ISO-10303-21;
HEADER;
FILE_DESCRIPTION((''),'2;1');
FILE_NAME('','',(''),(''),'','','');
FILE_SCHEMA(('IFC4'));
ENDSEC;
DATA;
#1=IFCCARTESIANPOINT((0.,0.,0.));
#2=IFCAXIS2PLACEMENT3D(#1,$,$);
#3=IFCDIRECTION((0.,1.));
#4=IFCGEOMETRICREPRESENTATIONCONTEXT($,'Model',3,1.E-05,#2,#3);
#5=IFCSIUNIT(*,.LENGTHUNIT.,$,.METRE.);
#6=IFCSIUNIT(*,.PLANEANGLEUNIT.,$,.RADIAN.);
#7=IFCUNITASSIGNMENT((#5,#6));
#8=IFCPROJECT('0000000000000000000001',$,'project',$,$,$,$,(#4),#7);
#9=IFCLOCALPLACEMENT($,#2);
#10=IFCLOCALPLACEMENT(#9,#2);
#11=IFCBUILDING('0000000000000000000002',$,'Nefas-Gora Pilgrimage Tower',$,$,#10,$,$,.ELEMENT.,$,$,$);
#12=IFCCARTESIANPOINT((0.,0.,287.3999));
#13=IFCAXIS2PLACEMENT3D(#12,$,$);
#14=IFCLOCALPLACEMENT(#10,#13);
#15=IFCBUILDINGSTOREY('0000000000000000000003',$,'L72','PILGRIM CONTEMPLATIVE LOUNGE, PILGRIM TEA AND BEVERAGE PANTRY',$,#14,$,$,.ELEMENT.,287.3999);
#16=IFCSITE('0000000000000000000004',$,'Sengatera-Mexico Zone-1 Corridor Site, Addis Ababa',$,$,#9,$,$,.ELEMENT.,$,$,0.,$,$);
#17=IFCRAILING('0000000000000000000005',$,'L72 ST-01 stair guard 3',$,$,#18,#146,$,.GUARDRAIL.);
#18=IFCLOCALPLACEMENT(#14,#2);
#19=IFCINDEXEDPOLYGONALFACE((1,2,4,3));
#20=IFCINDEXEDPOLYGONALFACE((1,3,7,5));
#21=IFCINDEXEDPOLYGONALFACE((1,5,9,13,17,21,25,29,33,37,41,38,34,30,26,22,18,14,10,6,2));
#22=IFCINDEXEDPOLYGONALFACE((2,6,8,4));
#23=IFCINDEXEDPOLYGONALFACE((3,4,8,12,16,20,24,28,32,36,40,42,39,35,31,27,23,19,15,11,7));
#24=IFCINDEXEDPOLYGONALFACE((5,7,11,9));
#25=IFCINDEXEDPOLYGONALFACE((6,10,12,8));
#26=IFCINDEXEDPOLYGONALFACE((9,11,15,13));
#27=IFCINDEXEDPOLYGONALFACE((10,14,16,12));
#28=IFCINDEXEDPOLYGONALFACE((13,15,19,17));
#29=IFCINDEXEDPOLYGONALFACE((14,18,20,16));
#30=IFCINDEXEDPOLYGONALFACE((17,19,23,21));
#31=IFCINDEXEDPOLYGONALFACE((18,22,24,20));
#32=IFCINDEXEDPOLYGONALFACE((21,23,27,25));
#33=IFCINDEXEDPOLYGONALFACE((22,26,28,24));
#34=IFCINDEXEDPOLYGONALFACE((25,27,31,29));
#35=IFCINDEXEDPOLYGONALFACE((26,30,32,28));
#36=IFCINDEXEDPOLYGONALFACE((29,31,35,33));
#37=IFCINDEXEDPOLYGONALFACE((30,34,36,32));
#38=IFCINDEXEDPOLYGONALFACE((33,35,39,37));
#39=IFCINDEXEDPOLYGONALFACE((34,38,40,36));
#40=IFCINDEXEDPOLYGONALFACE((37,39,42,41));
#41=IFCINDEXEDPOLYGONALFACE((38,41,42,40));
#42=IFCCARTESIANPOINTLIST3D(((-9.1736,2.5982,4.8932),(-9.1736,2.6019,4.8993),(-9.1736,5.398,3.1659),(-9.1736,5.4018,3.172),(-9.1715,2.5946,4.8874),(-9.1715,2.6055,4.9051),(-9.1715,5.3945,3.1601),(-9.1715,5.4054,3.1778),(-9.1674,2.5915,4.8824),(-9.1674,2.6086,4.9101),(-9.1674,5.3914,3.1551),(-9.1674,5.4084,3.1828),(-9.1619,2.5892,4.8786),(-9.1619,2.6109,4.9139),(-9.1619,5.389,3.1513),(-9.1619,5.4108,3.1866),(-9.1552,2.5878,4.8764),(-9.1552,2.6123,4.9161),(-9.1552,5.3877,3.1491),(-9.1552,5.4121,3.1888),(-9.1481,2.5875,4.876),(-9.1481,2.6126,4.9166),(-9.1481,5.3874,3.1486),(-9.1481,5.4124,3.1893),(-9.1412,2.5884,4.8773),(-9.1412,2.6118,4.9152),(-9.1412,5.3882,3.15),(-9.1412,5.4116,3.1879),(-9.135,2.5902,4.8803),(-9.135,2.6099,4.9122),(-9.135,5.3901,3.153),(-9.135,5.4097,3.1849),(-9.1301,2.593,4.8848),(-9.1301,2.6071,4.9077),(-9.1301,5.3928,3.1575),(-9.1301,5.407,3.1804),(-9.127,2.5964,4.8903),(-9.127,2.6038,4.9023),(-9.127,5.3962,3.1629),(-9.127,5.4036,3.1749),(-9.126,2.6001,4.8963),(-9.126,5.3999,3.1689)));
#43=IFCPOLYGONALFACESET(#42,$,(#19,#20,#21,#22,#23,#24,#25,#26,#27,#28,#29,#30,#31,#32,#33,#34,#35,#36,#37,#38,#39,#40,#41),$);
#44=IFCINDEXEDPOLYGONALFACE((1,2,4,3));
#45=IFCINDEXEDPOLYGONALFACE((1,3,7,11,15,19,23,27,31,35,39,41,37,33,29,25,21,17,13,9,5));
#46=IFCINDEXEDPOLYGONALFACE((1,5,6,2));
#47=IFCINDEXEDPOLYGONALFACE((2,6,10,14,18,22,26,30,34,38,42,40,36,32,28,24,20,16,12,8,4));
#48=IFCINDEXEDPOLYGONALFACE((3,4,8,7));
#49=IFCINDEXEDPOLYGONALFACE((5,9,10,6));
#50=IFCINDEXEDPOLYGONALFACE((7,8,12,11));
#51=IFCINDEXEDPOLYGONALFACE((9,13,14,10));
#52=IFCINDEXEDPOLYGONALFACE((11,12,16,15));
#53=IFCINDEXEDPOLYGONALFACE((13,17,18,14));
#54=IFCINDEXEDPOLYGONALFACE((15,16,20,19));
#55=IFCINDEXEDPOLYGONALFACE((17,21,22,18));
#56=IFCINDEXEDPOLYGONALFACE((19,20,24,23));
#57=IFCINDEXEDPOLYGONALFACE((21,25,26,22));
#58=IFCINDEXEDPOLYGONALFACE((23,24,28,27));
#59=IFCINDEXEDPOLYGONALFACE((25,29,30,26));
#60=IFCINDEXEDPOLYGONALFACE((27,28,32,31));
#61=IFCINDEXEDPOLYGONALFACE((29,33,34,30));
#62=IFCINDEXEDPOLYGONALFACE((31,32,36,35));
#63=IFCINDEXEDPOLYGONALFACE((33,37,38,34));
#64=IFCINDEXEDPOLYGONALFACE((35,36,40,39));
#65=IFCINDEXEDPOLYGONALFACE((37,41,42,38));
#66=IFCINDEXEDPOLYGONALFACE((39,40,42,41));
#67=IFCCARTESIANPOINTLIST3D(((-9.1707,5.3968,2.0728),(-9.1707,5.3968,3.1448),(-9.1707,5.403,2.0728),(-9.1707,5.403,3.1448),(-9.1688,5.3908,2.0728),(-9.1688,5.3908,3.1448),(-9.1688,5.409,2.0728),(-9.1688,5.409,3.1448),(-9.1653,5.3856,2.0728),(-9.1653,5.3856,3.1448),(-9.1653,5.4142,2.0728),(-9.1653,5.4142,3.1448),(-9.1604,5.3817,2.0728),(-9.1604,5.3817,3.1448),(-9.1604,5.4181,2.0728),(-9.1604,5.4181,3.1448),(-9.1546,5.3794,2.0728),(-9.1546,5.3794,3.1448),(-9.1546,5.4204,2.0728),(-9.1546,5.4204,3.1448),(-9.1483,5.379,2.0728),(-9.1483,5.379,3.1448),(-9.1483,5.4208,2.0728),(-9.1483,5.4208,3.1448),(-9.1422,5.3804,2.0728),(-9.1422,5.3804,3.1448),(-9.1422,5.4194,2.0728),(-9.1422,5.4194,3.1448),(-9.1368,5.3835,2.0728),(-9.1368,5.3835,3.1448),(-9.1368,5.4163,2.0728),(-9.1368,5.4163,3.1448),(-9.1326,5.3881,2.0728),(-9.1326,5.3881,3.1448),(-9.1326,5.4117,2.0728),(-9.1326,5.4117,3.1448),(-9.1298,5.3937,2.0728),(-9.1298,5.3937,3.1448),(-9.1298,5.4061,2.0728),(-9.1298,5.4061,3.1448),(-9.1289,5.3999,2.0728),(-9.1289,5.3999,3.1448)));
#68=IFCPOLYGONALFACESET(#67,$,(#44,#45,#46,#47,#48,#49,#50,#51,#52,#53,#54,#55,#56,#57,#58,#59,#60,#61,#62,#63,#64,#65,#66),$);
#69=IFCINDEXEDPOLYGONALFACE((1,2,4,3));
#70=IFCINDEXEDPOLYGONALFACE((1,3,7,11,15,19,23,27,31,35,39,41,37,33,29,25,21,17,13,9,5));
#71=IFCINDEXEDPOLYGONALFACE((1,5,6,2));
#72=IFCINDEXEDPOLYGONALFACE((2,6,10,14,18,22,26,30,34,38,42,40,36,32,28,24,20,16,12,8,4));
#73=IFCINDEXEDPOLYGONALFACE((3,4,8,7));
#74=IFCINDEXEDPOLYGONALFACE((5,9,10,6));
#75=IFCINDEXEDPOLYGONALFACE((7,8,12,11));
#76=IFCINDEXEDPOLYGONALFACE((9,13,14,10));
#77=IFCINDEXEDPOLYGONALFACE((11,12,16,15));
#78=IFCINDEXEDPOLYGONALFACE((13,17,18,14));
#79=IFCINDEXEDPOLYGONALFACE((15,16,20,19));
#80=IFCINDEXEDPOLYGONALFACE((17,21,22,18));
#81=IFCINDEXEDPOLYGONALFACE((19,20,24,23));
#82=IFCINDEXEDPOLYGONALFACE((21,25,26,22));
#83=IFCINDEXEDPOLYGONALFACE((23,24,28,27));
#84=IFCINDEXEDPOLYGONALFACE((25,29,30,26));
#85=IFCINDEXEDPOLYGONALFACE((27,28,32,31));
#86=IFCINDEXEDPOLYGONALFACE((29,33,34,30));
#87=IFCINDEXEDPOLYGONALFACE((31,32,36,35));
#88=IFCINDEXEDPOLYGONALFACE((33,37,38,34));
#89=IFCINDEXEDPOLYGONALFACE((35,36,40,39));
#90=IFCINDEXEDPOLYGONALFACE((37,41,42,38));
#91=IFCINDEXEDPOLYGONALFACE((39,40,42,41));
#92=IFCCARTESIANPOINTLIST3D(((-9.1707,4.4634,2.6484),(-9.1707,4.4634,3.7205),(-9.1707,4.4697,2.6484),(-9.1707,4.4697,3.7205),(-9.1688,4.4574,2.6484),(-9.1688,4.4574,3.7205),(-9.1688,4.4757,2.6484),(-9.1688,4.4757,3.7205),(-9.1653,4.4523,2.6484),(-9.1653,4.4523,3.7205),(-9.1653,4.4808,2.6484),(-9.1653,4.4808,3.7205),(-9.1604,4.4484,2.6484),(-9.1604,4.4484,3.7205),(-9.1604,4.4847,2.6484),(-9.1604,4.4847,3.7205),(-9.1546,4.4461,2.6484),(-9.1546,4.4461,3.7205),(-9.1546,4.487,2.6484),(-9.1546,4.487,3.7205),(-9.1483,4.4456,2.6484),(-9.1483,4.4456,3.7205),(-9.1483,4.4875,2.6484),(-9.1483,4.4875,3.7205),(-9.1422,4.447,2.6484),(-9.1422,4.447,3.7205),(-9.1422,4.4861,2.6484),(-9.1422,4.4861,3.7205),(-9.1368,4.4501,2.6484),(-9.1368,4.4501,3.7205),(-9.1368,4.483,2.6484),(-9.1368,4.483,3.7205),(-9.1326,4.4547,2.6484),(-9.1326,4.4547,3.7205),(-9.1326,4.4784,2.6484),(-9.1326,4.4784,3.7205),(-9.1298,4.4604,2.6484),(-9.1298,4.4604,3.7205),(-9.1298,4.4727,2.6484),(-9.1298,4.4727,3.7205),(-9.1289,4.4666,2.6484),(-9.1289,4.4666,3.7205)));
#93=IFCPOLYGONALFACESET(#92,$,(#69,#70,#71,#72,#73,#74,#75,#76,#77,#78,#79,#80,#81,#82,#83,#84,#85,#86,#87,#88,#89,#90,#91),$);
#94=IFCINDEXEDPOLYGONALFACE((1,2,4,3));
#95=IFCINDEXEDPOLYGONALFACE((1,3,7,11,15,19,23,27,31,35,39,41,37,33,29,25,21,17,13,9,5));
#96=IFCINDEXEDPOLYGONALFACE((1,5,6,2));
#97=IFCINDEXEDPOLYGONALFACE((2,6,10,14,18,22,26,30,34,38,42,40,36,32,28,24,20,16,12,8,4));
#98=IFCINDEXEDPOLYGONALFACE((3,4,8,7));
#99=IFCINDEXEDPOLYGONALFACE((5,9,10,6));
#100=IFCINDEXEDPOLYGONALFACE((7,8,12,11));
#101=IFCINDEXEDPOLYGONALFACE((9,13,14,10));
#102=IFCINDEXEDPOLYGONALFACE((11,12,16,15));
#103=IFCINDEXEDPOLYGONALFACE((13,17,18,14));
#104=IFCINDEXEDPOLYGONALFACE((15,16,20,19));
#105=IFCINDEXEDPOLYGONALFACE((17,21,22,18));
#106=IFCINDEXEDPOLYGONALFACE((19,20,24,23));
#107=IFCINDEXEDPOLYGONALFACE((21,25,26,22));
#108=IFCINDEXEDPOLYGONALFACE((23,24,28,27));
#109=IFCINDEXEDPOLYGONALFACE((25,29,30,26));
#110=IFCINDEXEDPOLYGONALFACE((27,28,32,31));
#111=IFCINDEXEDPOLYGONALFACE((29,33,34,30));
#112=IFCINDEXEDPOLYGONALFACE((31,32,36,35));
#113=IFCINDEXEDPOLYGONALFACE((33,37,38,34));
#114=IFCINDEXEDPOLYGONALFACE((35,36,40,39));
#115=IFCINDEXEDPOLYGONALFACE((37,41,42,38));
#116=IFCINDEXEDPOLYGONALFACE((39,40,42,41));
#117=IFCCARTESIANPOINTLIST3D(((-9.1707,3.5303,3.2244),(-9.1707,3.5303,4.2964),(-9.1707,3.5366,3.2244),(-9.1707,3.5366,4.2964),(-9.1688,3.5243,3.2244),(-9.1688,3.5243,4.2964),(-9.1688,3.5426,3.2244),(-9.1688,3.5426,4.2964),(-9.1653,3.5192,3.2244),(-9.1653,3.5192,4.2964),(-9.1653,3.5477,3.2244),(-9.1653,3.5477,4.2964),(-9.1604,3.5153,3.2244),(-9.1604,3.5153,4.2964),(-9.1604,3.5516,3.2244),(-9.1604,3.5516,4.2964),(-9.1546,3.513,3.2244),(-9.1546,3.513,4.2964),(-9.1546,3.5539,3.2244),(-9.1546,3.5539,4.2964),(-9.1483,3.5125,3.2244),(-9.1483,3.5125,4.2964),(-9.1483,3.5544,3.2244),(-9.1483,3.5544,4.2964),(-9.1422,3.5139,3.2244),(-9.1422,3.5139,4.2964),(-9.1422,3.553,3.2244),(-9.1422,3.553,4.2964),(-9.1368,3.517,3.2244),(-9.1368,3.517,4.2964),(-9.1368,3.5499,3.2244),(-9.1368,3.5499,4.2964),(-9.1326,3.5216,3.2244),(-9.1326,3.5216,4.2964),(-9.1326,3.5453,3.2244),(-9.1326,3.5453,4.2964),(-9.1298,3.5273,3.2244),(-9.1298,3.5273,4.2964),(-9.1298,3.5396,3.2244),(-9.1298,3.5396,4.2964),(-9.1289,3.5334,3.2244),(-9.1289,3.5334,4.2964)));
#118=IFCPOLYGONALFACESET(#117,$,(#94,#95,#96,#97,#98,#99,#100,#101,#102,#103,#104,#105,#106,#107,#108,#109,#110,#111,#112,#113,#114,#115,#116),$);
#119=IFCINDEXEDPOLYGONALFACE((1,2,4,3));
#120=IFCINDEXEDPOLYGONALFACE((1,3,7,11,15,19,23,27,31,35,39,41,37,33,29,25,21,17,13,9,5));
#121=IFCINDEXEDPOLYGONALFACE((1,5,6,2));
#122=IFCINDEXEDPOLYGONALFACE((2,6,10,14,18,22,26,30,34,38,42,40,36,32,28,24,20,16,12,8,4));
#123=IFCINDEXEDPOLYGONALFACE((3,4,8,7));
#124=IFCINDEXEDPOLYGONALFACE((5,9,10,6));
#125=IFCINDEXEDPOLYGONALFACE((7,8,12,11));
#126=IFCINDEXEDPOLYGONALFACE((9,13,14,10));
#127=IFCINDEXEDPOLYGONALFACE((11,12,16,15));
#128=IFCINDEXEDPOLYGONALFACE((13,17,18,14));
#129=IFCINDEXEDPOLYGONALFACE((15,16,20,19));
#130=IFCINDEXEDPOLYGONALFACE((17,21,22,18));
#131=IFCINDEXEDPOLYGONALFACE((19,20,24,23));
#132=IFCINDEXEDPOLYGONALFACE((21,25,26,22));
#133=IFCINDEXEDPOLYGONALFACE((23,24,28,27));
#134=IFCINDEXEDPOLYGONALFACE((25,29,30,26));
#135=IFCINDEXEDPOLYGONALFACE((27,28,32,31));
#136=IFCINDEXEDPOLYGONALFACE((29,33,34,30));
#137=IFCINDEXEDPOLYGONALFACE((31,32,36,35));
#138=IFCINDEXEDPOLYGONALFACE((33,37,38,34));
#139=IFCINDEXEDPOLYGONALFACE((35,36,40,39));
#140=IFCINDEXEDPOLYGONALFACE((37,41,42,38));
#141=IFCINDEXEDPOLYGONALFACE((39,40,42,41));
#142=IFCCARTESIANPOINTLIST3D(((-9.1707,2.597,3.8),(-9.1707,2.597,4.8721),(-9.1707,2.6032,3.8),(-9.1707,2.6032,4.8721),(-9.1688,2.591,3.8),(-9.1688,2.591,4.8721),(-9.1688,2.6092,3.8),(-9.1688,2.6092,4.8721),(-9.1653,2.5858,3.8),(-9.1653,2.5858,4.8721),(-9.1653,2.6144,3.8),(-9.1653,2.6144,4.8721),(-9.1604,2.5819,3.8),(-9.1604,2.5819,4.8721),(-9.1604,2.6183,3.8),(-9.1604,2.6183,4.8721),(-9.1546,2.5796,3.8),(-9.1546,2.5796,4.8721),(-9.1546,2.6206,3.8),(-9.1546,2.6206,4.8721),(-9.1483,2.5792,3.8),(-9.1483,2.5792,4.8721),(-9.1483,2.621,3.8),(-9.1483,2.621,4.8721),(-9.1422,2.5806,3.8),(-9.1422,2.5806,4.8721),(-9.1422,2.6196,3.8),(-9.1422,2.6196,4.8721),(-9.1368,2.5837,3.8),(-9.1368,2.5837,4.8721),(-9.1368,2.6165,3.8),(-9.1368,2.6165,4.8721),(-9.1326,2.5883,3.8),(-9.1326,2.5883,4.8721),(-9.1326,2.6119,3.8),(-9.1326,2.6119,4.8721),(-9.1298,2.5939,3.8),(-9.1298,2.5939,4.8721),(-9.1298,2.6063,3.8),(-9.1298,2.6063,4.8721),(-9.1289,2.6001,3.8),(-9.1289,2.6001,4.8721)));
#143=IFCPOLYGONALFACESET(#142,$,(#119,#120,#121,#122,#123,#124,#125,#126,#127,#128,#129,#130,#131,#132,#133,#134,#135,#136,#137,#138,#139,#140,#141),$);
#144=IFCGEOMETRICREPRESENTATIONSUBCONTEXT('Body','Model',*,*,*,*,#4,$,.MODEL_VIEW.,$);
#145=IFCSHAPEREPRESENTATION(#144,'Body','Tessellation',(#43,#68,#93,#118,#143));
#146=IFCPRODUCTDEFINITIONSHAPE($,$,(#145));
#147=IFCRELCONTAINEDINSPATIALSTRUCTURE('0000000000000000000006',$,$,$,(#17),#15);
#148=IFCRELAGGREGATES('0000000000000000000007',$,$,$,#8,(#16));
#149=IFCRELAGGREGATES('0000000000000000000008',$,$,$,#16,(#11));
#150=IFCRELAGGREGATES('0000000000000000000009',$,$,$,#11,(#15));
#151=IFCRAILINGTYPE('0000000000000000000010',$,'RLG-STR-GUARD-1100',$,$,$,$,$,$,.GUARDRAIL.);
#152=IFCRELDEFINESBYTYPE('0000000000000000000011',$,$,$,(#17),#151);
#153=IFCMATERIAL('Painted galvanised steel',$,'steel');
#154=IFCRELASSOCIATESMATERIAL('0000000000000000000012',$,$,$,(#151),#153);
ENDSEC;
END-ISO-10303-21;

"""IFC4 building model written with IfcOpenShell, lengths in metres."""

from ifc_helpers import new_model, si_unit, direction, frame, origin, origin_2d, place, context, subcontext, project, spatial, circle, extrude, material, type_object, element, save


model = new_model("IFC4")

# Units and contexts
model_context = context("Model", 3, precision=1e-05, world=origin(), true_north=direction((0.0, 1.0)))
body_context = subcontext(model_context, "Body", "Model", "MODEL_VIEW")
ifc_project = project(units=[si_unit("LENGTHUNIT", "METRE"), si_unit("PLANEANGLEUNIT", "RADIAN")], contexts=[model_context])

# Site, building, storey
site_placement = place(None, origin())
site = spatial("IfcSite", under=ifc_project, at=site_placement, Name="Sengatera-Mexico Zone-1 Corridor Site, Addis Ababa", CompositionType="ELEMENT", RefElevation=0.0)
building_placement = place(site_placement, origin())
building = spatial("IfcBuilding", under=site, at=building_placement, Name="Nefas-Gora Pilgrimage Tower", CompositionType="ELEMENT")
storey_placement = place(building_placement, frame((0.0, 0.0, 287.3999)))
storey = spatial("IfcBuildingStorey", under=building, at=storey_placement, Name="L72", Description="PILGRIM CONTEMPLATIVE LOUNGE, PILGRIM TEA AND BEVERAGE PANTRY", CompositionType="ELEMENT", Elevation=287.3999)

# Railing
ifc_material_1 = material(Name="Painted galvanised steel", Category="steel")
railing_type_1 = type_object("IfcRailingType", Name="RLG-STR-GUARD-1100", PredefinedType="GUARDRAIL", material=ifc_material_1)
railing_1_placement = place(storey_placement, frame((-9.1499, 5.3999, 2.0728)))
element("IfcRailing", 1, at=railing_1_placement, inside=storey, type_object=railing_type_1, Name="L72 ST-01 stair guard 3", PredefinedType="GUARDRAIL", context=body_context, shape_type="SweptSolid", body=[
    extrude(circle(Radius=0.0239, at=origin_2d()), frame((0.0, 0.0, 1.0962), z_axis=(0.0, -0.851069, 0.525054), x_axis=(1.0, 0.0, 0.0)), (0.0, 0.0, 1.0), 3.2898),
    extrude(circle(Radius=0.021, at=origin_2d()), origin(), (0.0, 0.0, 1.0), 1.072),
    extrude(circle(Radius=0.021, at=origin_2d()), frame((0.0, -0.9333, 0.5757)), (0.0, 0.0, 1.0), 1.072),
    extrude(circle(Radius=0.021, at=origin_2d()), frame((0.0, -1.8665, 1.1516)), (0.0, 0.0, 1.0), 1.072),
    extrude(circle(Radius=0.021, at=origin_2d()), frame((0.0, -2.7998, 1.7273)), (0.0, 0.0, 1.0), 1.072),
])

save(model, "model.ifc")
